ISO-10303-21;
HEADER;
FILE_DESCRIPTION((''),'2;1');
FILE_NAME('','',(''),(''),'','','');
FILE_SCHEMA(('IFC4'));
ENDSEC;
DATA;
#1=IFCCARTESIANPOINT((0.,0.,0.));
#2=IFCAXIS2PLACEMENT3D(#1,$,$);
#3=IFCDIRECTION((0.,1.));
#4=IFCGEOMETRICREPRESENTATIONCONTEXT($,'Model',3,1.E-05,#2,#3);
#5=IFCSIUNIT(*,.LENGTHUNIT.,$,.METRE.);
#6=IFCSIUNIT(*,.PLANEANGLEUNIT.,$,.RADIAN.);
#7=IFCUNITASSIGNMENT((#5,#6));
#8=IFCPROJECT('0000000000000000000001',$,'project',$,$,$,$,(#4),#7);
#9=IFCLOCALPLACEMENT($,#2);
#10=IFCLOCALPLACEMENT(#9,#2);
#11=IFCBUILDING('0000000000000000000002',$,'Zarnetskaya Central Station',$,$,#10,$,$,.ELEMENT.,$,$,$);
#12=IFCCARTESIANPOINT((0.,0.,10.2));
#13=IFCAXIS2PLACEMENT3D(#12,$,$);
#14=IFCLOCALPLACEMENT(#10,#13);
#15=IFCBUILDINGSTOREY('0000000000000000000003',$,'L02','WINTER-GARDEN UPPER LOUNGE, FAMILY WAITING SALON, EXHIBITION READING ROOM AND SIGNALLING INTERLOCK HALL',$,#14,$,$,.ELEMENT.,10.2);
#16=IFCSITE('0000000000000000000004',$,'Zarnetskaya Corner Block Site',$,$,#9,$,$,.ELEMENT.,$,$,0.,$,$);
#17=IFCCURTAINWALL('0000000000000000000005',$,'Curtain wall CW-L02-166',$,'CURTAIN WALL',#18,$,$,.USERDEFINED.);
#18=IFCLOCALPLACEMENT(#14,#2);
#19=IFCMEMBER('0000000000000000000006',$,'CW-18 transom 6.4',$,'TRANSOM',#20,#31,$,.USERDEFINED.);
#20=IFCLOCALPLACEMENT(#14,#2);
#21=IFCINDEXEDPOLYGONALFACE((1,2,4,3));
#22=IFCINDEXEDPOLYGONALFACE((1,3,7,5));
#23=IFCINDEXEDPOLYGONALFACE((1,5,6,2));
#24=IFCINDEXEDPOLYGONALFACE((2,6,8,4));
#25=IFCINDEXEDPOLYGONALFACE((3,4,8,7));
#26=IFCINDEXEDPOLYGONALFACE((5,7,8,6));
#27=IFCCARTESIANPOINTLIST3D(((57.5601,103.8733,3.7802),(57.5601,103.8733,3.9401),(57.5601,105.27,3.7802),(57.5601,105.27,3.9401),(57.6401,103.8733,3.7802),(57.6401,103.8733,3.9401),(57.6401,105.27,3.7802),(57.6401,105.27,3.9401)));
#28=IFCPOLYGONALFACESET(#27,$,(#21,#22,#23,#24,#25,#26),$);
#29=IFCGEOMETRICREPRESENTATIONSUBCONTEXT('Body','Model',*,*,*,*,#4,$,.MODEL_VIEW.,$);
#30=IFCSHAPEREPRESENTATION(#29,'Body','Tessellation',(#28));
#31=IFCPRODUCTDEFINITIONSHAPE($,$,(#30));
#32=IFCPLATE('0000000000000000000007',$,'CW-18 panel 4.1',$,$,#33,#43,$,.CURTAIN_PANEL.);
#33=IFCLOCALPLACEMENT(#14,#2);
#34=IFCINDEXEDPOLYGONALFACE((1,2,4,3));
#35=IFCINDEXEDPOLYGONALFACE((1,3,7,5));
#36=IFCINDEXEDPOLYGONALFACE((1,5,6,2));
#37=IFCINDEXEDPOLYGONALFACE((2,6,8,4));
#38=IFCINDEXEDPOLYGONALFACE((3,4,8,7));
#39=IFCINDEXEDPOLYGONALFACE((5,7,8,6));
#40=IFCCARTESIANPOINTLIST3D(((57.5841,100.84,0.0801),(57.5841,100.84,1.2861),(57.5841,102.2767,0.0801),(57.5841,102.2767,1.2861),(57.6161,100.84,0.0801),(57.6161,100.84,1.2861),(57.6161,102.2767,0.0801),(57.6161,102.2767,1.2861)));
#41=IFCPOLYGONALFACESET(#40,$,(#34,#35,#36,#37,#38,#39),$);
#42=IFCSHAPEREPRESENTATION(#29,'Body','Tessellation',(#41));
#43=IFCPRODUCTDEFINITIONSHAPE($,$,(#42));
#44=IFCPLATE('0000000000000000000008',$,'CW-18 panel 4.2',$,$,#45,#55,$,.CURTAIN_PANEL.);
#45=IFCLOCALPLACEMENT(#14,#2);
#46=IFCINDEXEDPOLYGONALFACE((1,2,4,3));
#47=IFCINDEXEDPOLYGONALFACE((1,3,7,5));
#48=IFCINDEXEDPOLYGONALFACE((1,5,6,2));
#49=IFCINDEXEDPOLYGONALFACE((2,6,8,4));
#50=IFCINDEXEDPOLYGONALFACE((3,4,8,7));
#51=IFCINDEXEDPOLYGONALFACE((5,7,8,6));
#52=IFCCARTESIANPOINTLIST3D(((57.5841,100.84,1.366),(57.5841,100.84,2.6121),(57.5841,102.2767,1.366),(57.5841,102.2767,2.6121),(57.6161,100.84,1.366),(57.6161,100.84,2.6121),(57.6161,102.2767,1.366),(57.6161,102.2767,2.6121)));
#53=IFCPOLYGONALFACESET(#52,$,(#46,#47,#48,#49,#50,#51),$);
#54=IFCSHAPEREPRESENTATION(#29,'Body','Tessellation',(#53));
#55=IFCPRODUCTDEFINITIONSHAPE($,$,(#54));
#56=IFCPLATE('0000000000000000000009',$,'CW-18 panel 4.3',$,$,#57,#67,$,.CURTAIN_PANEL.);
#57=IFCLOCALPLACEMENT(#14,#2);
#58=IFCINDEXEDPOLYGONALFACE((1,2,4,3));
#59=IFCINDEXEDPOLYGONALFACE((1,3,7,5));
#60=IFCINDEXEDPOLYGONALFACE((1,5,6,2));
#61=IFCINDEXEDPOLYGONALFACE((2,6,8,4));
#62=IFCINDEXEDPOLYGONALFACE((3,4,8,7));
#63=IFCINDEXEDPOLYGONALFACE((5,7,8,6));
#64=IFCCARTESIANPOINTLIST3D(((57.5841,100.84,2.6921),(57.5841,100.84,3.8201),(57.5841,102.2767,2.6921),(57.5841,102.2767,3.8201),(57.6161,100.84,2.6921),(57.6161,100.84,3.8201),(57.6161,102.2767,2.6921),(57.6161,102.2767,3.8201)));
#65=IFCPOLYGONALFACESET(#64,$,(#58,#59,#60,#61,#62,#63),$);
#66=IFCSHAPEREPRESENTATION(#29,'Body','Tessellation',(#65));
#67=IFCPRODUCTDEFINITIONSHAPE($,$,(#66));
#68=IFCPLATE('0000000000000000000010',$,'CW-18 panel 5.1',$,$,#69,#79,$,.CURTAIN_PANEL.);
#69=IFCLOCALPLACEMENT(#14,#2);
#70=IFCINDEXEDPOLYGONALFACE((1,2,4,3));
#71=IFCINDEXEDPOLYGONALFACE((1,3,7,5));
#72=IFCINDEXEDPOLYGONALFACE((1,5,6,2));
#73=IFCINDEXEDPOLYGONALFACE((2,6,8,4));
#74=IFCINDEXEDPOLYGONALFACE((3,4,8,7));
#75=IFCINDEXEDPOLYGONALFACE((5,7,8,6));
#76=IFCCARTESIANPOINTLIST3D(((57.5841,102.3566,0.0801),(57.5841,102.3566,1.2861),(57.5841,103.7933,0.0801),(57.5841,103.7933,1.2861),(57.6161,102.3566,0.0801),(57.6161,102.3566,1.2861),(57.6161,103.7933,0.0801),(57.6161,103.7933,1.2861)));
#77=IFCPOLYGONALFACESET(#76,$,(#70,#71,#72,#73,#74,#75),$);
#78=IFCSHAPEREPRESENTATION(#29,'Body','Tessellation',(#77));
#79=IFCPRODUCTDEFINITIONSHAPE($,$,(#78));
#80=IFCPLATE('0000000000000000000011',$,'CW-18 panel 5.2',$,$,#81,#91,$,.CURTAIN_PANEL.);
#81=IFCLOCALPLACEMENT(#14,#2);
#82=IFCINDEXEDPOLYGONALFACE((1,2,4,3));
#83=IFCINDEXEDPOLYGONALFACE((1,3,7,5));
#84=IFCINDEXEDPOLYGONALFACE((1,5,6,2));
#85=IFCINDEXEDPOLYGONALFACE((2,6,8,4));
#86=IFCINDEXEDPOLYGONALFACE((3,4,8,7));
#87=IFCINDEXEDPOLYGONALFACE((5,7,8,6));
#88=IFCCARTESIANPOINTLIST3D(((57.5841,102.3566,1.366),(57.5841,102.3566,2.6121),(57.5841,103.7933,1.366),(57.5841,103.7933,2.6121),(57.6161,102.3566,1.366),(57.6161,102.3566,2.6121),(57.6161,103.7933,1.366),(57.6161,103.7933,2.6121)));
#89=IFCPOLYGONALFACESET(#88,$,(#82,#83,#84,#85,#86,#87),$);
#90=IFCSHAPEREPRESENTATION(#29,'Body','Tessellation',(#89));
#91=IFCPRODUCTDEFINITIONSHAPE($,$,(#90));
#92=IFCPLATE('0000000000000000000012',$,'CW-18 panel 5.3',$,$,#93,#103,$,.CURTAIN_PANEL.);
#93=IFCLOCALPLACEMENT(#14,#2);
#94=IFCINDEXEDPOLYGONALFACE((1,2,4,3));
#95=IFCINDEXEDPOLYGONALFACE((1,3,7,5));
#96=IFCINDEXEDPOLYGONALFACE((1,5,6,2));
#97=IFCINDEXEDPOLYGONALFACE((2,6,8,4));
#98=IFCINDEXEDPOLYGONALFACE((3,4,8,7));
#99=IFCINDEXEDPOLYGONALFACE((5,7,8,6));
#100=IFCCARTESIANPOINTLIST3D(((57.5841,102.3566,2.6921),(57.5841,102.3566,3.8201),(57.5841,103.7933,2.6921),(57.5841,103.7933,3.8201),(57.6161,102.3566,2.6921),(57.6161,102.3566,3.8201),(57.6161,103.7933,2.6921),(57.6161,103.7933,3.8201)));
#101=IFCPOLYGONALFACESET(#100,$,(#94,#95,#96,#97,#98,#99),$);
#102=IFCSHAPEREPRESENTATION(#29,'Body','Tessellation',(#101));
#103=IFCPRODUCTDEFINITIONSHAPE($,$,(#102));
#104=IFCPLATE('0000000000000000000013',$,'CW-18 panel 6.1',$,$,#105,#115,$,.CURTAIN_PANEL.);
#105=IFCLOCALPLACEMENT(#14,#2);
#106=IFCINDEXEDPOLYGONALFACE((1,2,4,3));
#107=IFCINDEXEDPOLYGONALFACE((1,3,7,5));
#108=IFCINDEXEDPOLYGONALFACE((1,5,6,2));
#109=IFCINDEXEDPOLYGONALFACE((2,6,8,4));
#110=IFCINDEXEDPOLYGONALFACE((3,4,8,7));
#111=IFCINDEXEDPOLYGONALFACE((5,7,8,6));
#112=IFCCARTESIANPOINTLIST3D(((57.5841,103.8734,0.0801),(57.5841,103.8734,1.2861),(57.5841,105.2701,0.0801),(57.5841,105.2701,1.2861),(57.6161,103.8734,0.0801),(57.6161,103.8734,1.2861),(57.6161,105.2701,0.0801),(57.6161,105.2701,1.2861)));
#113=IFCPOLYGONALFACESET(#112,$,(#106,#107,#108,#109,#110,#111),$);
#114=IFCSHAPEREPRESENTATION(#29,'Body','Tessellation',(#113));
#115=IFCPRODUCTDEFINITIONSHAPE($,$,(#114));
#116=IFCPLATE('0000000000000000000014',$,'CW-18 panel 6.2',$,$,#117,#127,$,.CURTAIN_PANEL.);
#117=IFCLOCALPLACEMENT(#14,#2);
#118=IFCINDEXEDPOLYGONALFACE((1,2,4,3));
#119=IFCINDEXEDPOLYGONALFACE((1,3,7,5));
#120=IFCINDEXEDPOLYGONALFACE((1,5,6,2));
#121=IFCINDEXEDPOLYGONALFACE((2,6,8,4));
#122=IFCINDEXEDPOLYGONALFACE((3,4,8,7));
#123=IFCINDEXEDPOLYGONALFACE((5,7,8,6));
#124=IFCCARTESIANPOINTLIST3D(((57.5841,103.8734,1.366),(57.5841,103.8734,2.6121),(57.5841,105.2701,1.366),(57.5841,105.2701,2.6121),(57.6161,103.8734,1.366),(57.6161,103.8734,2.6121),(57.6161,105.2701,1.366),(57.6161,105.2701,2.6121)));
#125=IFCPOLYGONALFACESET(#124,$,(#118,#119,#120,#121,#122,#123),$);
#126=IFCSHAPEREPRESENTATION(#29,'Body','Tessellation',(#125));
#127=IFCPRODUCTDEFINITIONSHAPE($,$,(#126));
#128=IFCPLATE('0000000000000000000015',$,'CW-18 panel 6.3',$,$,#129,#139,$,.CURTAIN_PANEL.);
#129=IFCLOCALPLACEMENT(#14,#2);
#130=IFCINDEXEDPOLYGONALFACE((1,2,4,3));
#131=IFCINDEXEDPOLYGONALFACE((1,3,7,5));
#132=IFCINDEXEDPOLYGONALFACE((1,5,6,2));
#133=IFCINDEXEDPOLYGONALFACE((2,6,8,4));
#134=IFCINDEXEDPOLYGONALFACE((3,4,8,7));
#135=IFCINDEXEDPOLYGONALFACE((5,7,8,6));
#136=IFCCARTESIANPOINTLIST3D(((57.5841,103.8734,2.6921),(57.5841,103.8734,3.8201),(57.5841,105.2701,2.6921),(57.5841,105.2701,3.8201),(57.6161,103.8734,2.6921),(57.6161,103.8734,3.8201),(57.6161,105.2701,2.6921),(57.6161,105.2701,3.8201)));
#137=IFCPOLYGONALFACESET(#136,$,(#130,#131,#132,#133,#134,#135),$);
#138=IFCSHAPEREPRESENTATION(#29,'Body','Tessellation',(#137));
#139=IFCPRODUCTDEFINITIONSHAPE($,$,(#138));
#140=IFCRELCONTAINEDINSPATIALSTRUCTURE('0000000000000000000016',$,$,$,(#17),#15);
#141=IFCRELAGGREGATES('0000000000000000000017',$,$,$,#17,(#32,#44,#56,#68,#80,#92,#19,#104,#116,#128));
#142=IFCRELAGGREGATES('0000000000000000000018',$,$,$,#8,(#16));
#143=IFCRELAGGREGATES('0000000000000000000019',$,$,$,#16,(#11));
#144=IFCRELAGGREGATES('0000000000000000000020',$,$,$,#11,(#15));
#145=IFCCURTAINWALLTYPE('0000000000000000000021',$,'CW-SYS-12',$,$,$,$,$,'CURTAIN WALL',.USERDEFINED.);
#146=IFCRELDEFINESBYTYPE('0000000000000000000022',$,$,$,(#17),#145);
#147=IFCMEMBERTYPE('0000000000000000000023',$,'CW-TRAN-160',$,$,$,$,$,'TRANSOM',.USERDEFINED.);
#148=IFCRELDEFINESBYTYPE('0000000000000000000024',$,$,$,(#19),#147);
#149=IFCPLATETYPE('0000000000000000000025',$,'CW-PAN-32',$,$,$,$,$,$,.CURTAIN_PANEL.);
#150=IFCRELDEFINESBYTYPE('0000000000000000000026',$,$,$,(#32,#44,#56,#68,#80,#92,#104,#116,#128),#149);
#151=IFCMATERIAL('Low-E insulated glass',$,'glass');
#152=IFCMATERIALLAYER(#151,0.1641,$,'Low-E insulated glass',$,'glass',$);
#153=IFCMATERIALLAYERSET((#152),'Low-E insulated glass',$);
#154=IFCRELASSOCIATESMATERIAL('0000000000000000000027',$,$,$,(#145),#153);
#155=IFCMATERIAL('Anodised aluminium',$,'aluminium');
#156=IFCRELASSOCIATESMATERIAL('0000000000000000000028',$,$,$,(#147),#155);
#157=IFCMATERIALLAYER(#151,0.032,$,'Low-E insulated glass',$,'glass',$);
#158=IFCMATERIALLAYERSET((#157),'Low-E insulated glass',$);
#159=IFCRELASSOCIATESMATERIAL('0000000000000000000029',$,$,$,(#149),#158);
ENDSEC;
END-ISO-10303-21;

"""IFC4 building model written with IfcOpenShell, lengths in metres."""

from ifc_helpers import new_model, si_unit, direction, frame, origin, origin_2d, place, context, subcontext, project, spatial, rectangle, extrude, material, layer, layer_set, material_profile, profile_set, type_object, element, aggregate, save


model = new_model("IFC4")

# Units and contexts
model_context = context("Model", 3, precision=1e-05, world=origin(), true_north=direction((0.0, 1.0)))
body_context = subcontext(model_context, "Body", "Model", "MODEL_VIEW")
ifc_project = project(units=[si_unit("LENGTHUNIT", "METRE"), si_unit("PLANEANGLEUNIT", "RADIAN")], contexts=[model_context])

# Site, building, storey
site_placement = place(None, origin())
site = spatial("IfcSite", under=ifc_project, at=site_placement, Name="Zarnetskaya Corner Block Site", CompositionType="ELEMENT", RefElevation=0.0)
building_placement = place(site_placement, origin())
building = spatial("IfcBuilding", under=site, at=building_placement, Name="Zarnetskaya Central Station", CompositionType="ELEMENT")
storey_placement = place(building_placement, frame((0.0, 0.0, 10.2)))
storey = spatial("IfcBuildingStorey", under=building, at=storey_placement, Name="L02", Description="WINTER-GARDEN UPPER LOUNGE, FAMILY WAITING SALON, EXHIBITION READING ROOM AND SIGNALLING INTERLOCK HALL", CompositionType="ELEMENT", Elevation=10.2)

# Curtain wall, member, plates
ifc_material_1 = material(Name="Low-E insulated glass", Category="glass")
ifc_layer_1 = layer(ifc_material_1, 0.1641, Name="Low-E insulated glass", Category="glass")
ifc_layer_set_1 = layer_set([ifc_layer_1], Name="Low-E insulated glass")
curtain_wall_type = type_object("IfcCurtainWallType", Name="CW-SYS-12", ElementType="CURTAIN WALL", PredefinedType="USERDEFINED", material=ifc_layer_set_1)
curtain_wall_placement = place(storey_placement, origin())
curtain_wall = element("IfcCurtainWall", 1, at=curtain_wall_placement, inside=storey, type_object=curtain_wall_type, Name="Curtain wall CW-L02-166", ObjectType="CURTAIN WALL", PredefinedType="USERDEFINED")
ifc_material_2 = material(Name="Anodised aluminium", Category="aluminium")
ifc_material_profile_1 = material_profile(ifc_material_2, rectangle(XDim=0.0801, YDim=0.1599, at=origin_2d()), Name="ALU TRAN 80x160")
ifc_profile_set_1 = profile_set([ifc_material_profile_1], Name="Anodised aluminium")
member_type_1 = type_object("IfcMemberType", Name="CW-TRAN-160", ElementType="TRANSOM", PredefinedType="USERDEFINED", material=ifc_profile_set_1)
member_1_placement = place(storey_placement, frame((57.6001, 103.8733, 3.8601), z_axis=(0.0, 1.0, 0.0), x_axis=(-1.0, 0.0, 0.0)))
member_1 = element("IfcMember", 2, at=member_1_placement, type_object=member_type_1, Name="CW-18 transom 6.4", ObjectType="TRANSOM", PredefinedType="USERDEFINED", context=body_context, shape_type="SweptSolid", body=[
    extrude(rectangle(XDim=0.0801, YDim=0.1599, at=origin_2d()), origin(), (0.0, 0.0, 1.0), 1.3967),
])
ifc_layer_2 = layer(ifc_material_1, 0.032, Name="Low-E insulated glass", Category="glass")
ifc_layer_set_2 = layer_set([ifc_layer_2], Name="Low-E insulated glass")
plate_type = type_object("IfcPlateType", Name="CW-PAN-32", PredefinedType="CURTAIN_PANEL", material=ifc_layer_set_2)
plate_1_placement = place(storey_placement, frame((57.6001, 101.5583, 0.0801), z_axis=(0.0, 0.0, 1.0), x_axis=(0.0, 1.0, 0.0)))
plate_1 = element("IfcPlate", 3, at=plate_1_placement, type_object=plate_type, Name="CW-18 panel 4.1", PredefinedType="CURTAIN_PANEL", context=body_context, shape_type="SweptSolid", body=[
    extrude(rectangle(XDim=1.4368, YDim=0.032, at=origin_2d()), origin(), (0.0, 0.0, 1.0), 1.2061),
])
plate_2_placement = place(storey_placement, frame((57.6001, 101.5583, 1.366), z_axis=(0.0, 0.0, 1.0), x_axis=(0.0, 1.0, 0.0)))
plate_2 = element("IfcPlate", 4, at=plate_2_placement, type_object=plate_type, Name="CW-18 panel 4.2", PredefinedType="CURTAIN_PANEL", context=body_context, shape_type="SweptSolid", body=[
    extrude(rectangle(XDim=1.4368, YDim=0.032, at=origin_2d()), origin(), (0.0, 0.0, 1.0), 1.2461),
])
plate_3_placement = place(storey_placement, frame((57.6001, 101.5583, 2.6921), z_axis=(0.0, 0.0, 1.0), x_axis=(0.0, 1.0, 0.0)))
plate_3 = element("IfcPlate", 5, at=plate_3_placement, type_object=plate_type, Name="CW-18 panel 4.3", PredefinedType="CURTAIN_PANEL", context=body_context, shape_type="SweptSolid", body=[
    extrude(rectangle(XDim=1.4368, YDim=0.032, at=origin_2d()), origin(), (0.0, 0.0, 1.0), 1.1279),
])
plate_4_placement = place(storey_placement, frame((57.6001, 103.075, 0.0801), z_axis=(0.0, 0.0, 1.0), x_axis=(0.0, 1.0, 0.0)))
plate_4 = element("IfcPlate", 6, at=plate_4_placement, type_object=plate_type, Name="CW-18 panel 5.1", PredefinedType="CURTAIN_PANEL", context=body_context, shape_type="SweptSolid", body=[
    extrude(rectangle(XDim=1.4368, YDim=0.032, at=origin_2d()), origin(), (0.0, 0.0, 1.0), 1.2061),
])
plate_5_placement = place(storey_placement, frame((57.6001, 103.075, 1.366), z_axis=(0.0, 0.0, 1.0), x_axis=(0.0, 1.0, 0.0)))
plate_5 = element("IfcPlate", 7, at=plate_5_placement, type_object=plate_type, Name="CW-18 panel 5.2", PredefinedType="CURTAIN_PANEL", context=body_context, shape_type="SweptSolid", body=[
    extrude(rectangle(XDim=1.4368, YDim=0.032, at=origin_2d()), origin(), (0.0, 0.0, 1.0), 1.2461),
])
plate_6_placement = place(storey_placement, frame((57.6001, 103.075, 2.6921), z_axis=(0.0, 0.0, 1.0), x_axis=(0.0, 1.0, 0.0)))
plate_6 = element("IfcPlate", 8, at=plate_6_placement, type_object=plate_type, Name="CW-18 panel 5.3", PredefinedType="CURTAIN_PANEL", context=body_context, shape_type="SweptSolid", body=[
    extrude(rectangle(XDim=1.4368, YDim=0.032, at=origin_2d()), origin(), (0.0, 0.0, 1.0), 1.1279),
])
plate_7_placement = place(storey_placement, frame((57.6001, 104.5718, 0.0801), z_axis=(0.0, 0.0, 1.0), x_axis=(0.0, 1.0, 0.0)))
plate_7 = element("IfcPlate", 9, at=plate_7_placement, type_object=plate_type, Name="CW-18 panel 6.1", PredefinedType="CURTAIN_PANEL", context=body_context, shape_type="SweptSolid", body=[
    extrude(rectangle(XDim=1.3967, YDim=0.032, at=origin_2d()), origin(), (0.0, 0.0, 1.0), 1.2061),
])
plate_8_placement = place(storey_placement, frame((57.6001, 104.5718, 1.366), z_axis=(0.0, 0.0, 1.0), x_axis=(0.0, 1.0, 0.0)))
plate_8 = element("IfcPlate", 10, at=plate_8_placement, type_object=plate_type, Name="CW-18 panel 6.2", PredefinedType="CURTAIN_PANEL", context=body_context, shape_type="SweptSolid", body=[
    extrude(rectangle(XDim=1.3967, YDim=0.032, at=origin_2d()), origin(), (0.0, 0.0, 1.0), 1.2461),
])
plate_9_placement = place(storey_placement, frame((57.6001, 104.5718, 2.6921), z_axis=(0.0, 0.0, 1.0), x_axis=(0.0, 1.0, 0.0)))
plate_9 = element("IfcPlate", 11, at=plate_9_placement, type_object=plate_type, Name="CW-18 panel 6.3", PredefinedType="CURTAIN_PANEL", context=body_context, shape_type="SweptSolid", body=[
    extrude(rectangle(XDim=1.3967, YDim=0.032, at=origin_2d()), origin(), (0.0, 0.0, 1.0), 1.1279),
])
aggregate(curtain_wall, [plate_1, plate_2, plate_3, plate_4, plate_5, plate_6, member_1, plate_7, plate_8, plate_9])

save(model, "model.ifc")
